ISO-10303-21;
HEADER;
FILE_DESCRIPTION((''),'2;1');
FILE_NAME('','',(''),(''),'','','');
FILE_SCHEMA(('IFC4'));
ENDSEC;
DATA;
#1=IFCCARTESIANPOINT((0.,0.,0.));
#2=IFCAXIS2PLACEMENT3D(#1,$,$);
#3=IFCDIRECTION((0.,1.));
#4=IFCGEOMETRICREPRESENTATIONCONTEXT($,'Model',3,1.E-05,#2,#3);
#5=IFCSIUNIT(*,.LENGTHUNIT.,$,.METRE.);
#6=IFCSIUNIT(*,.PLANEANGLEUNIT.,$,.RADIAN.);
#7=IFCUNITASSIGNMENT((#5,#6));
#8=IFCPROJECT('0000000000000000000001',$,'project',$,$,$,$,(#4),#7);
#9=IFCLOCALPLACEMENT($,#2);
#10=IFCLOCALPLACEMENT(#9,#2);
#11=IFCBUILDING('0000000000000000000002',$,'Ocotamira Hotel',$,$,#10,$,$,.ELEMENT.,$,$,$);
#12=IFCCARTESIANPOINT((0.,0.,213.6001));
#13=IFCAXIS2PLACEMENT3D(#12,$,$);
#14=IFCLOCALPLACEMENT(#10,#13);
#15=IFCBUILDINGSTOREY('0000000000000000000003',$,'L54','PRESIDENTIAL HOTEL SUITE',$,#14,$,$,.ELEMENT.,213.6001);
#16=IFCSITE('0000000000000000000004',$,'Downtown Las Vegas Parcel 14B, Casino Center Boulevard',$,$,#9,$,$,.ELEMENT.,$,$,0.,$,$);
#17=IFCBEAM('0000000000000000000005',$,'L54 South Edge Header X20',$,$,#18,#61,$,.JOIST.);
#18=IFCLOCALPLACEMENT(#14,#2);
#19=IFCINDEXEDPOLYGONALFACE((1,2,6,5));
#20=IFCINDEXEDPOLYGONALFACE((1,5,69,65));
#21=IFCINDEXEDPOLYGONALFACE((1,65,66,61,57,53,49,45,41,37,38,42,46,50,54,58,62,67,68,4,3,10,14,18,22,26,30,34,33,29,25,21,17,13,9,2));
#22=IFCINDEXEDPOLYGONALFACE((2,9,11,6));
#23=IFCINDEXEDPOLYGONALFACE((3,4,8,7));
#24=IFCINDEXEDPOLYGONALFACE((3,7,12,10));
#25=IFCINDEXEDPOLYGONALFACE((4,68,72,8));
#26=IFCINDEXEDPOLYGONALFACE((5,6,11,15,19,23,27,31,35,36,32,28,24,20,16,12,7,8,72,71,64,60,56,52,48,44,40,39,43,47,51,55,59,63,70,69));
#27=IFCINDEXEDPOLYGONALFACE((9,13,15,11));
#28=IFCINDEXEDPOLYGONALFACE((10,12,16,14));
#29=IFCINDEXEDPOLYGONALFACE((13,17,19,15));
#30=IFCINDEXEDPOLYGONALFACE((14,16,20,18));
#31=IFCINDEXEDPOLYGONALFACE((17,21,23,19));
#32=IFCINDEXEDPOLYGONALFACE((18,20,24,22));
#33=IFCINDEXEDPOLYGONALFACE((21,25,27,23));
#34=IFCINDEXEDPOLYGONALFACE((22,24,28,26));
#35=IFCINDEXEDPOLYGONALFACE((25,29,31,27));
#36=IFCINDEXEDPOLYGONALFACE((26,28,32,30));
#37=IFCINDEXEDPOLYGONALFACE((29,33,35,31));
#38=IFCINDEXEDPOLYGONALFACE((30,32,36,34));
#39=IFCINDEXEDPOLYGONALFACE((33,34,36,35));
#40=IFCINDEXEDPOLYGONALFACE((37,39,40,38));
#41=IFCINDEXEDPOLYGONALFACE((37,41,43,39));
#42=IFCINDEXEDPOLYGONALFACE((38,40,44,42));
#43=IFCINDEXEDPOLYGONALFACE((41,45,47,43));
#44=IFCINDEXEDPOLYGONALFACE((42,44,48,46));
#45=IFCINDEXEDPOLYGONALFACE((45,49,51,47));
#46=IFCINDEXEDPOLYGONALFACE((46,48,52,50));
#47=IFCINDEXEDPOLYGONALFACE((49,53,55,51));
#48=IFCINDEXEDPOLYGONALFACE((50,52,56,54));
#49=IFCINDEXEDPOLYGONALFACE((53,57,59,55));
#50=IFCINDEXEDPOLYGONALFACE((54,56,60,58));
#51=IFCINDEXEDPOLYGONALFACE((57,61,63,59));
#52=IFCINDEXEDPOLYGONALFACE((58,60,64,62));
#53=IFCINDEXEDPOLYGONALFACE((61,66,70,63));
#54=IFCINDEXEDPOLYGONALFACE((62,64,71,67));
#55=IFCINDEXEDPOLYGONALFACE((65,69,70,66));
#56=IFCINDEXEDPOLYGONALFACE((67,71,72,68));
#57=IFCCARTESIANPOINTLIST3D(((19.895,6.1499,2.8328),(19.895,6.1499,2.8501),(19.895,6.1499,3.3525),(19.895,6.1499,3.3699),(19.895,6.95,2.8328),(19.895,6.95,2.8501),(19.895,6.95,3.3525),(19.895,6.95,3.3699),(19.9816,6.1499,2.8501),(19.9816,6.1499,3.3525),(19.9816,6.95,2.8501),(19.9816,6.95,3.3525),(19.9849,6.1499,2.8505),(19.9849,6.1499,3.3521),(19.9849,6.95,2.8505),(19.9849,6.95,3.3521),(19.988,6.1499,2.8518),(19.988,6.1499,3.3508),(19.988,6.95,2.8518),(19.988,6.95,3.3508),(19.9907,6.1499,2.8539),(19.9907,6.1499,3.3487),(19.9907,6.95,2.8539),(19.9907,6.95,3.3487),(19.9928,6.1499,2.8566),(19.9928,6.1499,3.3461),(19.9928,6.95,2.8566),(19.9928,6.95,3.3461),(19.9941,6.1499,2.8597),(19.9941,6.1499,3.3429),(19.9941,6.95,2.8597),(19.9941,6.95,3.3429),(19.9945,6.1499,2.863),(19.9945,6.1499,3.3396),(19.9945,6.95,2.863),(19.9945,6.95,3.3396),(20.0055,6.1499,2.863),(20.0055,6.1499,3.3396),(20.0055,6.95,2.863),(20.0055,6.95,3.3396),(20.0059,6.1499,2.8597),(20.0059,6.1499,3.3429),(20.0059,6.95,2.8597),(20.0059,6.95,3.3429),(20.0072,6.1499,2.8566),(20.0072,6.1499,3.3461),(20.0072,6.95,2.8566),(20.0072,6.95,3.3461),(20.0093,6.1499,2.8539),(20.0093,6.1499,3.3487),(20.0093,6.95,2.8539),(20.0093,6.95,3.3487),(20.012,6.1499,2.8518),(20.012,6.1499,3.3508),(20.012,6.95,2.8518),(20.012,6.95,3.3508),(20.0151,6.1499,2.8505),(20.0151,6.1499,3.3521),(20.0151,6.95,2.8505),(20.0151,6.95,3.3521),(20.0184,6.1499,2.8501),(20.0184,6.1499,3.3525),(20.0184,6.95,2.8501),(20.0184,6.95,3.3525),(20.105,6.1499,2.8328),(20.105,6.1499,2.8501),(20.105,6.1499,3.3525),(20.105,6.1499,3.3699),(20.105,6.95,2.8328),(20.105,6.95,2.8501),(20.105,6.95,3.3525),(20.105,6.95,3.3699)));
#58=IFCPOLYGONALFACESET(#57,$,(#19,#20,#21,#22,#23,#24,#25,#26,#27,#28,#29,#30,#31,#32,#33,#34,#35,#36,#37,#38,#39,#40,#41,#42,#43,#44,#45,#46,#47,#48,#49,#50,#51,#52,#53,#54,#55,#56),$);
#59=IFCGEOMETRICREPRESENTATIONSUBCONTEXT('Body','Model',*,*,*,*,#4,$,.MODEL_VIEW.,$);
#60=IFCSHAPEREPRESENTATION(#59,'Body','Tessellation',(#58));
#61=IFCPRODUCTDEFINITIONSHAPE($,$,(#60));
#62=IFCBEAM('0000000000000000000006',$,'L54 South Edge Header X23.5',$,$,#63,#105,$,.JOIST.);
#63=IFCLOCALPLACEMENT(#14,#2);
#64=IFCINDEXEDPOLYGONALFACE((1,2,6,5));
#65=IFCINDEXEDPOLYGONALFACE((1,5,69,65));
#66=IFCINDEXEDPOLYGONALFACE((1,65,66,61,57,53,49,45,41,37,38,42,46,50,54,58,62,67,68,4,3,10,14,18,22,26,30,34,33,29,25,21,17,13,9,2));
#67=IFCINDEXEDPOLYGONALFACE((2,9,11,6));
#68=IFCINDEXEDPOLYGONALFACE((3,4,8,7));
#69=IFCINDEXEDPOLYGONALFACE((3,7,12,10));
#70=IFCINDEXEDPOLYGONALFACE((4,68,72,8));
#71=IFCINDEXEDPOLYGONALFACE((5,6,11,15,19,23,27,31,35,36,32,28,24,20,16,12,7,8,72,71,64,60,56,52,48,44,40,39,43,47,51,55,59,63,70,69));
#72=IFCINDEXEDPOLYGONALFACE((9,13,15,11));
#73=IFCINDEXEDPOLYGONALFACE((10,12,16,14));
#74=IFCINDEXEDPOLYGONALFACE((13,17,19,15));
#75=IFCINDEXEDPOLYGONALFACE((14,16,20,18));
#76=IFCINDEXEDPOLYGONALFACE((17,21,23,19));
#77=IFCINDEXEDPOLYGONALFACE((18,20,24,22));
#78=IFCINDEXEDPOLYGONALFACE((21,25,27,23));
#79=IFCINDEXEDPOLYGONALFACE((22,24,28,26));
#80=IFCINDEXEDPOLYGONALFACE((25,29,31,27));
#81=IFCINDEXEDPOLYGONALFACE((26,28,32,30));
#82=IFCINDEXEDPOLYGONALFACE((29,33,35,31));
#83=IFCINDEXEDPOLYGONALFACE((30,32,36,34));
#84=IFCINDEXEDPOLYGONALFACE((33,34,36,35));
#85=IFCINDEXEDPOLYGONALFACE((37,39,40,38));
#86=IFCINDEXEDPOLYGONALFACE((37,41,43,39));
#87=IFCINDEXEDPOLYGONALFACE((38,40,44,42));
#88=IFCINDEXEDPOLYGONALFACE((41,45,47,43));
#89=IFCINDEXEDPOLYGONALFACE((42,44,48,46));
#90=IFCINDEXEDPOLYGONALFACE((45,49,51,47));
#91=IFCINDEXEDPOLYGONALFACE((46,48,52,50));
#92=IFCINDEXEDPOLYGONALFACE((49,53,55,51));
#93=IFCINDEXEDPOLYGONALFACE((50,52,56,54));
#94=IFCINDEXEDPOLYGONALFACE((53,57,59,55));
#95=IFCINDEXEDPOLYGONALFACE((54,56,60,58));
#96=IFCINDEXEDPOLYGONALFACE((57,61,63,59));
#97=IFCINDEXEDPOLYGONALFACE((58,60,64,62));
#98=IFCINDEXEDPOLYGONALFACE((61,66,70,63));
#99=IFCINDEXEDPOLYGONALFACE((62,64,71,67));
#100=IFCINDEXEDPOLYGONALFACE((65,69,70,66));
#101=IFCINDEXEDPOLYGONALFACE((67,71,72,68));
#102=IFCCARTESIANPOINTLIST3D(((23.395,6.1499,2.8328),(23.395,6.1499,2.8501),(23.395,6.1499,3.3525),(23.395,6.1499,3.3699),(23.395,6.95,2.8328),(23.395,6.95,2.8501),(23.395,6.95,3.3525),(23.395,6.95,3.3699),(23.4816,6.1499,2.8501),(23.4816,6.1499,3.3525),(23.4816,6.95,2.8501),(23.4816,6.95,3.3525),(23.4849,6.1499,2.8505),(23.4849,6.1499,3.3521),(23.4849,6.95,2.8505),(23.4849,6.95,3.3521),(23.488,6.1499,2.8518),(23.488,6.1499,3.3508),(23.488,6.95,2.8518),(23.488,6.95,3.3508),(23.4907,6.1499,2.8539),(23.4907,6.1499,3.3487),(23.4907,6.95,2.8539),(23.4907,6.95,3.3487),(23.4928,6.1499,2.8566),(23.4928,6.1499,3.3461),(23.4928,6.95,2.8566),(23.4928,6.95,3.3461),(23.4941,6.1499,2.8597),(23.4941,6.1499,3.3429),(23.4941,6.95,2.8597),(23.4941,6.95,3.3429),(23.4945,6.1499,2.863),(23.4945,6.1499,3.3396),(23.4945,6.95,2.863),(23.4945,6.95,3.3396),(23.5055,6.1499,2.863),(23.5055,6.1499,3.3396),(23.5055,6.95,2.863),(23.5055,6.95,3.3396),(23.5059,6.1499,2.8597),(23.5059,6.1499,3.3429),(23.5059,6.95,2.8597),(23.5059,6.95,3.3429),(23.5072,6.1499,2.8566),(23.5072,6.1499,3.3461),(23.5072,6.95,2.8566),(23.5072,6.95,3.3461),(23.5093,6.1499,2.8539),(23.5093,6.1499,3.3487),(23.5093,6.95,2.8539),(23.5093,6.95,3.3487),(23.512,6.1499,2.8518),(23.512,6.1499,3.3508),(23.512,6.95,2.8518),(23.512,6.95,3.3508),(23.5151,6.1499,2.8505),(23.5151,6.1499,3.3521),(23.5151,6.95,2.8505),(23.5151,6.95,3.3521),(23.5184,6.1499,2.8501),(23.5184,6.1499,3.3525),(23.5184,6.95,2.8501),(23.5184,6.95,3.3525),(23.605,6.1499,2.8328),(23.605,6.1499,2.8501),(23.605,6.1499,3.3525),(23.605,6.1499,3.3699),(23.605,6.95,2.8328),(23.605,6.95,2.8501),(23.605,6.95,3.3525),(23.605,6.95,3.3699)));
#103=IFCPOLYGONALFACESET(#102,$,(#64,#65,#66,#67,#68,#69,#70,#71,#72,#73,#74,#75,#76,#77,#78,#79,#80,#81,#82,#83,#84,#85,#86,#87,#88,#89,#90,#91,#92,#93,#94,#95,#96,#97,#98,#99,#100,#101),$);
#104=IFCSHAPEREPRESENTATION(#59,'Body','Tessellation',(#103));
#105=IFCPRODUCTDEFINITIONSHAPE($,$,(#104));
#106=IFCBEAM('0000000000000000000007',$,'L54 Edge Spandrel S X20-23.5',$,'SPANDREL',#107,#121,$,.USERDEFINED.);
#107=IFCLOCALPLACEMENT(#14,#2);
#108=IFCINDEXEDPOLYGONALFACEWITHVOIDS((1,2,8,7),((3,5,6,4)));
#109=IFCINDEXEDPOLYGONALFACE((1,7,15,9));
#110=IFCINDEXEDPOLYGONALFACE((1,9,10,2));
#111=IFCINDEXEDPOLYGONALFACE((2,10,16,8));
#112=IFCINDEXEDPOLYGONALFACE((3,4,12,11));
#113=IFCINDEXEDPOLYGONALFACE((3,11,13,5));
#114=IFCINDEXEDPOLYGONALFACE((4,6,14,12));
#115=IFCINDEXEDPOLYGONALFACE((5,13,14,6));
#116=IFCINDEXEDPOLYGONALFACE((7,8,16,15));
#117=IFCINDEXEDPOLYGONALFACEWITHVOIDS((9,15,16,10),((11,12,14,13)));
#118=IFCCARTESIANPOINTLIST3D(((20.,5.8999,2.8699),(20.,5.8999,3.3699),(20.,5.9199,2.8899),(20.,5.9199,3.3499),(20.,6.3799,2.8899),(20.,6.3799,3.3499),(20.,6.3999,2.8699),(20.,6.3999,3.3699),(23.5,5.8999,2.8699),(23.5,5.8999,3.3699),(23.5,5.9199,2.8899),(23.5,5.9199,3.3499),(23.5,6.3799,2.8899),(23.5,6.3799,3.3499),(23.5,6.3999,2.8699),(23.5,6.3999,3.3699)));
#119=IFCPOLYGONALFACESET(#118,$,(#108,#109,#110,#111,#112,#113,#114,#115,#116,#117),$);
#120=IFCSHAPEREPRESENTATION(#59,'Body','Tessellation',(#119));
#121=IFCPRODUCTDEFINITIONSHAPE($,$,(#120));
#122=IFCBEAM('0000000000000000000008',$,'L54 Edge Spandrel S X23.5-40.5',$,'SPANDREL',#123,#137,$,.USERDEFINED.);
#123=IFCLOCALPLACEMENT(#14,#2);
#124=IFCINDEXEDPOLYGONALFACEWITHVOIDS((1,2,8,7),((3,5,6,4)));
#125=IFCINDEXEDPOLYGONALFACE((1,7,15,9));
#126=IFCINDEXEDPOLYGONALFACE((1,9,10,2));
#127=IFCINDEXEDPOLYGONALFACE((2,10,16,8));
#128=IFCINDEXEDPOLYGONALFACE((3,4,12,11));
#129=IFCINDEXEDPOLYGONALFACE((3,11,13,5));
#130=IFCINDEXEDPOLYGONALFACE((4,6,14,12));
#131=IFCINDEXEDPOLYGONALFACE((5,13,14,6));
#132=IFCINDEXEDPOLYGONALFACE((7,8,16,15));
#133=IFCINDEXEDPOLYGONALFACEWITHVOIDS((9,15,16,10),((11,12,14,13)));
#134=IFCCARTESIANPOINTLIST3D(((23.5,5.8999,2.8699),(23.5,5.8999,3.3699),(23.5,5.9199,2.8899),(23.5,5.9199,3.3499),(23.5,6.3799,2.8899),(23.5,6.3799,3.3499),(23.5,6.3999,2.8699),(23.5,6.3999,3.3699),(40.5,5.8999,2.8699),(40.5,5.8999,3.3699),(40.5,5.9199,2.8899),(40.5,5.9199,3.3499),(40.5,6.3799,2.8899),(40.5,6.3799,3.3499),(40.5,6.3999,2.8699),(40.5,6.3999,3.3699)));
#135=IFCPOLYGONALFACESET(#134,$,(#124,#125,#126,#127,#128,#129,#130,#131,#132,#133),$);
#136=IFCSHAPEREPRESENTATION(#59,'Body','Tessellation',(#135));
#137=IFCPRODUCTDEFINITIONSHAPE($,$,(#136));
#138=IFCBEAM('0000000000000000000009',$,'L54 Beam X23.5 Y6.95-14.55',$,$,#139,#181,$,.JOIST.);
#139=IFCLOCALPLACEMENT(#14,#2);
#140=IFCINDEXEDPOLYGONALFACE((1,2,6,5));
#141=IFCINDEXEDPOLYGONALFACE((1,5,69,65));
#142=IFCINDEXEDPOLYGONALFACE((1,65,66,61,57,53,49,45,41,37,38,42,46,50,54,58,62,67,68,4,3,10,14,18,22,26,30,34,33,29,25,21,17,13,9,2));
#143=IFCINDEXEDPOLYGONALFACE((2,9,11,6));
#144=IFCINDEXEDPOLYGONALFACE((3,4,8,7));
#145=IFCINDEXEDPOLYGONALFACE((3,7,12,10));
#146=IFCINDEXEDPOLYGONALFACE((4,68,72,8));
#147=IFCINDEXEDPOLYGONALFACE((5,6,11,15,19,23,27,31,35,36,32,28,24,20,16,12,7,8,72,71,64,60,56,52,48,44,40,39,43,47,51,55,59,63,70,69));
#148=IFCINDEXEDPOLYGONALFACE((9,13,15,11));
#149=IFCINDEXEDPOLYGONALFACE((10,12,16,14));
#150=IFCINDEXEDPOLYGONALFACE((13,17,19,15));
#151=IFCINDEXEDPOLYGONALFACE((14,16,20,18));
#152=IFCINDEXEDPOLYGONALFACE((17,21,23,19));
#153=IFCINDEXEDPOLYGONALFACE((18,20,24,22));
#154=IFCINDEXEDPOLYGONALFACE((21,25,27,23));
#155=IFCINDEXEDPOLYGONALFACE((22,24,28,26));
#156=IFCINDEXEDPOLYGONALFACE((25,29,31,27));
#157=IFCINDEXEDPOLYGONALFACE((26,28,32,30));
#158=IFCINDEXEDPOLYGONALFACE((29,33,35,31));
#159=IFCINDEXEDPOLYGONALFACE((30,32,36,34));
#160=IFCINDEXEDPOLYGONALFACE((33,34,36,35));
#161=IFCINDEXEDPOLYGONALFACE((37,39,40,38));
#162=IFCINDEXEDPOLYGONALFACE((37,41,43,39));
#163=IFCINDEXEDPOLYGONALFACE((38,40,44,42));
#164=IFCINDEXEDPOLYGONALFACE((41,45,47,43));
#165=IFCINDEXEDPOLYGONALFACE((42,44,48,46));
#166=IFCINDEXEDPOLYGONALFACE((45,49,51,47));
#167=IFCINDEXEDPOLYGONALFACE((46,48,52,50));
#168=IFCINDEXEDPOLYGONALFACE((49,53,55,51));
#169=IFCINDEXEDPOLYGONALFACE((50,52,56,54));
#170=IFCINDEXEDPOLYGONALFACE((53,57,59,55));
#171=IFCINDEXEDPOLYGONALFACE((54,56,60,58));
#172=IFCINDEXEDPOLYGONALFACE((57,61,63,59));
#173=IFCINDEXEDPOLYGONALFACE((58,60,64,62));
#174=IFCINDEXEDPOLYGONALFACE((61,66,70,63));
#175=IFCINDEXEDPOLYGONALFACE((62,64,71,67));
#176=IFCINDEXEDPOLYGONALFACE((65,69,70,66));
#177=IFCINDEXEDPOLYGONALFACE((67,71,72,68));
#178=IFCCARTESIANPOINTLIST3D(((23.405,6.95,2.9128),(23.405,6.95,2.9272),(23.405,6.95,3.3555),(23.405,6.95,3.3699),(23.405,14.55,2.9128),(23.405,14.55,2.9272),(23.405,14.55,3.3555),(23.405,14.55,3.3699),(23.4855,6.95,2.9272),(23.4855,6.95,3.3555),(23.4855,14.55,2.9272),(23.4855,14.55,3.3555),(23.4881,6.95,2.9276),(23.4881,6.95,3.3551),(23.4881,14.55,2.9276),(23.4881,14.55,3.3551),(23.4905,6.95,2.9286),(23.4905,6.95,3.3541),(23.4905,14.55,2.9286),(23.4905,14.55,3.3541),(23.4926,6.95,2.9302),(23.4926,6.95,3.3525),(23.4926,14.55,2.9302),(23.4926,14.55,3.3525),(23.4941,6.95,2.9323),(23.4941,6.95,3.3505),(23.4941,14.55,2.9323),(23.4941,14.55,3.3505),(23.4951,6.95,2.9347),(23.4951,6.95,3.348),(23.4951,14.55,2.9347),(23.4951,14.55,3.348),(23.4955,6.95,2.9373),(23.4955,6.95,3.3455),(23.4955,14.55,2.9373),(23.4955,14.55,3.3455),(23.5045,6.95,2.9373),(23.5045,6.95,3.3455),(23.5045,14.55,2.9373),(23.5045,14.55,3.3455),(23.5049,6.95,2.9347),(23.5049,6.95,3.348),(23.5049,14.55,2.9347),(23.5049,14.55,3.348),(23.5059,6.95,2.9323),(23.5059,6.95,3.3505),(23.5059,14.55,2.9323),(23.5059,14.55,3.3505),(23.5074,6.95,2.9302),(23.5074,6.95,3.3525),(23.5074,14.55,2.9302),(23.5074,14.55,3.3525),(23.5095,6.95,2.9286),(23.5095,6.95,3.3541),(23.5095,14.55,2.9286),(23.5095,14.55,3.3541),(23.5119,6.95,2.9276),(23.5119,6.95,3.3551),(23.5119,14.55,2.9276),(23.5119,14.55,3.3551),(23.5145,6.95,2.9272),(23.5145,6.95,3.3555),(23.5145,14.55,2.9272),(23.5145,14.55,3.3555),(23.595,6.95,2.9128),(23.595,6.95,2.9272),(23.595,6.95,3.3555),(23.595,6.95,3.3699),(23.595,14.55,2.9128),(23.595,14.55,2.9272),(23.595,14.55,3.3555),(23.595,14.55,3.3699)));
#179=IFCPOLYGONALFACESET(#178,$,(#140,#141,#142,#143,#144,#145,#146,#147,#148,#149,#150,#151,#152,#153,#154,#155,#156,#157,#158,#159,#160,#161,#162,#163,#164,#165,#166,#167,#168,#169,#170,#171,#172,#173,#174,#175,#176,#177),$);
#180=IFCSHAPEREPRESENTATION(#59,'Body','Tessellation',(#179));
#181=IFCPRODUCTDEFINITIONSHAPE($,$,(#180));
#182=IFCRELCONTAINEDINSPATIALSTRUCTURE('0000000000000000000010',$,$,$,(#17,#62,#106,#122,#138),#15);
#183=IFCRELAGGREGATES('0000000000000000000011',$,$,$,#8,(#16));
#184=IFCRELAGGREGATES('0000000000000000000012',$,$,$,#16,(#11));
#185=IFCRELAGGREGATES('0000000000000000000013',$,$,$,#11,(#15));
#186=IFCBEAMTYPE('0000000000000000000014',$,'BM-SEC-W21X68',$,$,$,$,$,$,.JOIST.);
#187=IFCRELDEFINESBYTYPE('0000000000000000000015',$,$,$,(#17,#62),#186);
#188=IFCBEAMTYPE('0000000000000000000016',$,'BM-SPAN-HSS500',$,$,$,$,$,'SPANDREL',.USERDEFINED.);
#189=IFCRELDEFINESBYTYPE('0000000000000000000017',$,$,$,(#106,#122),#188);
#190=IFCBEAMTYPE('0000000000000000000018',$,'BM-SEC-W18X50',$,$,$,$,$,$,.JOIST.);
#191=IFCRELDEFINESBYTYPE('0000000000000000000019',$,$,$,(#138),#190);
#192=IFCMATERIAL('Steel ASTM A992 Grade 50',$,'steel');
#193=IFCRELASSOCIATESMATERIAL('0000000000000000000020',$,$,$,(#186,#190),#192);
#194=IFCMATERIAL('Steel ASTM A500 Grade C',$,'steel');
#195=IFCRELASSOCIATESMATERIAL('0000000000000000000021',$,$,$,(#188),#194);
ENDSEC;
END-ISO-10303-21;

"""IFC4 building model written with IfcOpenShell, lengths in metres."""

from ifc_helpers import new_model, si_unit, direction, frame, origin, origin_2d, place, context, subcontext, project, spatial, hollow_rectangle, i_section, extrude, source, transform, mapped, material, material_profile, profile_set, type_object, element, save


model = new_model("IFC4")

# Units and contexts
model_context = context("Model", 3, precision=1e-05, world=origin(), true_north=direction((0.0, 1.0)))
body_context = subcontext(model_context, "Body", "Model", "MODEL_VIEW")
ifc_project = project(units=[si_unit("LENGTHUNIT", "METRE"), si_unit("PLANEANGLEUNIT", "RADIAN")], contexts=[model_context])

# Site, building, storey
site_placement = place(None, origin())
site = spatial("IfcSite", under=ifc_project, at=site_placement, Name="Downtown Las Vegas Parcel 14B, Casino Center Boulevard", CompositionType="ELEMENT", RefElevation=0.0)
building_placement = place(site_placement, origin())
building = spatial("IfcBuilding", under=site, at=building_placement, Name="Ocotamira Hotel", CompositionType="ELEMENT")
storey_placement = place(building_placement, frame((0.0, 0.0, 213.6001)))
storey = spatial("IfcBuildingStorey", under=building, at=storey_placement, Name="L54", Description="PRESIDENTIAL HOTEL SUITE", CompositionType="ELEMENT", Elevation=213.6001)

# Beams
ifc_material_1 = material(Name="Steel ASTM A992 Grade 50", Category="steel")
ifc_material_profile_1 = material_profile(ifc_material_1, i_section(OverallWidth=0.21, OverallDepth=0.5371, WebThickness=0.011, FlangeThickness=0.0173, FilletRadius=0.0129, at=origin_2d()), Name="W21X68")
ifc_profile_set_1 = profile_set([ifc_material_profile_1], Name="Steel ASTM A992 Grade 50")
beam_type_1 = type_object("IfcBeamType", Name="BM-SEC-W21X68", PredefinedType="JOIST", material=ifc_profile_set_1)
shared_shape_1 = source(origin(), body_context, "Body", "SweptSolid", [
    extrude(i_section(OverallWidth=0.21, OverallDepth=0.5371, WebThickness=0.011, FlangeThickness=0.0173, FilletRadius=0.0129, at=origin_2d()), origin(), (0.0, 0.0, 1.0), 0.8),
])
for number, where, z_axis, x_axis, name in (
    (1, (20.0, 6.95, 3.1013), (0.0, -1.0, 0.0), (1.0, 0.0, 0.0), "L54 South Edge Header X20"),
    (2, (23.5, 6.95, 3.1013), (0.0, -1.0, 0.0), (1.0, 0.0, 0.0), "L54 South Edge Header X23.5"),
):
    element("IfcBeam", number, at=place(storey_placement, frame(where, z_axis=z_axis, x_axis=x_axis)), inside=storey, type_object=beam_type_1, Name=name, PredefinedType="JOIST", context=body_context, shape_type="MappedRepresentation", body=[
        mapped(shared_shape_1, transform((0.0, 0.0, 0.0), scale=1.0)),
    ])
ifc_material_2 = material(Name="Steel ASTM A500 Grade C", Category="steel")
ifc_material_profile_2 = material_profile(ifc_material_2, hollow_rectangle(XDim=0.5, YDim=0.5, WallThickness=0.02, at=origin_2d()), Name="HSS500X500X20")
ifc_profile_set_2 = profile_set([ifc_material_profile_2], Name="Steel ASTM A500 Grade C")
beam_type_2 = type_object("IfcBeamType", Name="BM-SPAN-HSS500", ElementType="SPANDREL", PredefinedType="USERDEFINED", material=ifc_profile_set_2)
shared_shape_2 = source(origin(), body_context, "Body", "SweptSolid", [
    extrude(hollow_rectangle(XDim=0.5, YDim=0.5, WallThickness=0.02, at=origin_2d()), origin(), (0.0, 0.0, 1.0), 3.5),
])
beam_1_placement = place(storey_placement, frame((20.0, 6.1499, 3.1199), z_axis=(1.0, 0.0, 0.0), x_axis=(0.0, 1.0, 0.0)))
element("IfcBeam", 3, at=beam_1_placement, inside=storey, type_object=beam_type_2, Name="L54 Edge Spandrel S X20-23.5", ObjectType="SPANDREL", PredefinedType="USERDEFINED", context=body_context, shape_type="MappedRepresentation", body=[
    mapped(shared_shape_2, transform((0.0, 0.0, 0.0), scale=1.0)),
])
shared_shape_3 = source(origin(), body_context, "Body", "SweptSolid", [
    extrude(hollow_rectangle(XDim=0.5, YDim=0.5, WallThickness=0.02, at=origin_2d()), origin(), (0.0, 0.0, 1.0), 17.0),
])
beam_2_placement = place(storey_placement, frame((23.5, 6.1499, 3.1199), z_axis=(1.0, 0.0, 0.0), x_axis=(0.0, 1.0, 0.0)))
element("IfcBeam", 4, at=beam_2_placement, inside=storey, type_object=beam_type_2, Name="L54 Edge Spandrel S X23.5-40.5", ObjectType="SPANDREL", PredefinedType="USERDEFINED", context=body_context, shape_type="MappedRepresentation", body=[
    mapped(shared_shape_3, transform((0.0, 0.0, 0.0), scale=1.0)),
])
ifc_material_profile_3 = material_profile(ifc_material_1, i_section(OverallWidth=0.1899, OverallDepth=0.457, WebThickness=0.009, FlangeThickness=0.0144, FilletRadius=0.01, at=origin_2d()), Name="W18X50")
ifc_profile_set_3 = profile_set([ifc_material_profile_3], Name="Steel ASTM A992 Grade 50")
beam_type_3 = type_object("IfcBeamType", Name="BM-SEC-W18X50", PredefinedType="JOIST", material=ifc_profile_set_3)
shared_shape_4 = source(origin(), body_context, "Body", "SweptSolid", [
    extrude(i_section(OverallWidth=0.1899, OverallDepth=0.457, WebThickness=0.009, FlangeThickness=0.0144, FilletRadius=0.01, at=origin_2d()), origin(), (0.0, 0.0, 1.0), 7.6001),
])
beam_3_placement = place(storey_placement, frame((23.5, 6.95, 3.1414), z_axis=(0.0, 1.0, 0.0), x_axis=(-1.0, 0.0, 0.0)))
element("IfcBeam", 5, at=beam_3_placement, inside=storey, type_object=beam_type_3, Name="L54 Beam X23.5 Y6.95-14.55", PredefinedType="JOIST", context=body_context, shape_type="MappedRepresentation", body=[
    mapped(shared_shape_4, transform((0.0, 0.0, 0.0), scale=1.0)),
])

save(model, "model.ifc")
